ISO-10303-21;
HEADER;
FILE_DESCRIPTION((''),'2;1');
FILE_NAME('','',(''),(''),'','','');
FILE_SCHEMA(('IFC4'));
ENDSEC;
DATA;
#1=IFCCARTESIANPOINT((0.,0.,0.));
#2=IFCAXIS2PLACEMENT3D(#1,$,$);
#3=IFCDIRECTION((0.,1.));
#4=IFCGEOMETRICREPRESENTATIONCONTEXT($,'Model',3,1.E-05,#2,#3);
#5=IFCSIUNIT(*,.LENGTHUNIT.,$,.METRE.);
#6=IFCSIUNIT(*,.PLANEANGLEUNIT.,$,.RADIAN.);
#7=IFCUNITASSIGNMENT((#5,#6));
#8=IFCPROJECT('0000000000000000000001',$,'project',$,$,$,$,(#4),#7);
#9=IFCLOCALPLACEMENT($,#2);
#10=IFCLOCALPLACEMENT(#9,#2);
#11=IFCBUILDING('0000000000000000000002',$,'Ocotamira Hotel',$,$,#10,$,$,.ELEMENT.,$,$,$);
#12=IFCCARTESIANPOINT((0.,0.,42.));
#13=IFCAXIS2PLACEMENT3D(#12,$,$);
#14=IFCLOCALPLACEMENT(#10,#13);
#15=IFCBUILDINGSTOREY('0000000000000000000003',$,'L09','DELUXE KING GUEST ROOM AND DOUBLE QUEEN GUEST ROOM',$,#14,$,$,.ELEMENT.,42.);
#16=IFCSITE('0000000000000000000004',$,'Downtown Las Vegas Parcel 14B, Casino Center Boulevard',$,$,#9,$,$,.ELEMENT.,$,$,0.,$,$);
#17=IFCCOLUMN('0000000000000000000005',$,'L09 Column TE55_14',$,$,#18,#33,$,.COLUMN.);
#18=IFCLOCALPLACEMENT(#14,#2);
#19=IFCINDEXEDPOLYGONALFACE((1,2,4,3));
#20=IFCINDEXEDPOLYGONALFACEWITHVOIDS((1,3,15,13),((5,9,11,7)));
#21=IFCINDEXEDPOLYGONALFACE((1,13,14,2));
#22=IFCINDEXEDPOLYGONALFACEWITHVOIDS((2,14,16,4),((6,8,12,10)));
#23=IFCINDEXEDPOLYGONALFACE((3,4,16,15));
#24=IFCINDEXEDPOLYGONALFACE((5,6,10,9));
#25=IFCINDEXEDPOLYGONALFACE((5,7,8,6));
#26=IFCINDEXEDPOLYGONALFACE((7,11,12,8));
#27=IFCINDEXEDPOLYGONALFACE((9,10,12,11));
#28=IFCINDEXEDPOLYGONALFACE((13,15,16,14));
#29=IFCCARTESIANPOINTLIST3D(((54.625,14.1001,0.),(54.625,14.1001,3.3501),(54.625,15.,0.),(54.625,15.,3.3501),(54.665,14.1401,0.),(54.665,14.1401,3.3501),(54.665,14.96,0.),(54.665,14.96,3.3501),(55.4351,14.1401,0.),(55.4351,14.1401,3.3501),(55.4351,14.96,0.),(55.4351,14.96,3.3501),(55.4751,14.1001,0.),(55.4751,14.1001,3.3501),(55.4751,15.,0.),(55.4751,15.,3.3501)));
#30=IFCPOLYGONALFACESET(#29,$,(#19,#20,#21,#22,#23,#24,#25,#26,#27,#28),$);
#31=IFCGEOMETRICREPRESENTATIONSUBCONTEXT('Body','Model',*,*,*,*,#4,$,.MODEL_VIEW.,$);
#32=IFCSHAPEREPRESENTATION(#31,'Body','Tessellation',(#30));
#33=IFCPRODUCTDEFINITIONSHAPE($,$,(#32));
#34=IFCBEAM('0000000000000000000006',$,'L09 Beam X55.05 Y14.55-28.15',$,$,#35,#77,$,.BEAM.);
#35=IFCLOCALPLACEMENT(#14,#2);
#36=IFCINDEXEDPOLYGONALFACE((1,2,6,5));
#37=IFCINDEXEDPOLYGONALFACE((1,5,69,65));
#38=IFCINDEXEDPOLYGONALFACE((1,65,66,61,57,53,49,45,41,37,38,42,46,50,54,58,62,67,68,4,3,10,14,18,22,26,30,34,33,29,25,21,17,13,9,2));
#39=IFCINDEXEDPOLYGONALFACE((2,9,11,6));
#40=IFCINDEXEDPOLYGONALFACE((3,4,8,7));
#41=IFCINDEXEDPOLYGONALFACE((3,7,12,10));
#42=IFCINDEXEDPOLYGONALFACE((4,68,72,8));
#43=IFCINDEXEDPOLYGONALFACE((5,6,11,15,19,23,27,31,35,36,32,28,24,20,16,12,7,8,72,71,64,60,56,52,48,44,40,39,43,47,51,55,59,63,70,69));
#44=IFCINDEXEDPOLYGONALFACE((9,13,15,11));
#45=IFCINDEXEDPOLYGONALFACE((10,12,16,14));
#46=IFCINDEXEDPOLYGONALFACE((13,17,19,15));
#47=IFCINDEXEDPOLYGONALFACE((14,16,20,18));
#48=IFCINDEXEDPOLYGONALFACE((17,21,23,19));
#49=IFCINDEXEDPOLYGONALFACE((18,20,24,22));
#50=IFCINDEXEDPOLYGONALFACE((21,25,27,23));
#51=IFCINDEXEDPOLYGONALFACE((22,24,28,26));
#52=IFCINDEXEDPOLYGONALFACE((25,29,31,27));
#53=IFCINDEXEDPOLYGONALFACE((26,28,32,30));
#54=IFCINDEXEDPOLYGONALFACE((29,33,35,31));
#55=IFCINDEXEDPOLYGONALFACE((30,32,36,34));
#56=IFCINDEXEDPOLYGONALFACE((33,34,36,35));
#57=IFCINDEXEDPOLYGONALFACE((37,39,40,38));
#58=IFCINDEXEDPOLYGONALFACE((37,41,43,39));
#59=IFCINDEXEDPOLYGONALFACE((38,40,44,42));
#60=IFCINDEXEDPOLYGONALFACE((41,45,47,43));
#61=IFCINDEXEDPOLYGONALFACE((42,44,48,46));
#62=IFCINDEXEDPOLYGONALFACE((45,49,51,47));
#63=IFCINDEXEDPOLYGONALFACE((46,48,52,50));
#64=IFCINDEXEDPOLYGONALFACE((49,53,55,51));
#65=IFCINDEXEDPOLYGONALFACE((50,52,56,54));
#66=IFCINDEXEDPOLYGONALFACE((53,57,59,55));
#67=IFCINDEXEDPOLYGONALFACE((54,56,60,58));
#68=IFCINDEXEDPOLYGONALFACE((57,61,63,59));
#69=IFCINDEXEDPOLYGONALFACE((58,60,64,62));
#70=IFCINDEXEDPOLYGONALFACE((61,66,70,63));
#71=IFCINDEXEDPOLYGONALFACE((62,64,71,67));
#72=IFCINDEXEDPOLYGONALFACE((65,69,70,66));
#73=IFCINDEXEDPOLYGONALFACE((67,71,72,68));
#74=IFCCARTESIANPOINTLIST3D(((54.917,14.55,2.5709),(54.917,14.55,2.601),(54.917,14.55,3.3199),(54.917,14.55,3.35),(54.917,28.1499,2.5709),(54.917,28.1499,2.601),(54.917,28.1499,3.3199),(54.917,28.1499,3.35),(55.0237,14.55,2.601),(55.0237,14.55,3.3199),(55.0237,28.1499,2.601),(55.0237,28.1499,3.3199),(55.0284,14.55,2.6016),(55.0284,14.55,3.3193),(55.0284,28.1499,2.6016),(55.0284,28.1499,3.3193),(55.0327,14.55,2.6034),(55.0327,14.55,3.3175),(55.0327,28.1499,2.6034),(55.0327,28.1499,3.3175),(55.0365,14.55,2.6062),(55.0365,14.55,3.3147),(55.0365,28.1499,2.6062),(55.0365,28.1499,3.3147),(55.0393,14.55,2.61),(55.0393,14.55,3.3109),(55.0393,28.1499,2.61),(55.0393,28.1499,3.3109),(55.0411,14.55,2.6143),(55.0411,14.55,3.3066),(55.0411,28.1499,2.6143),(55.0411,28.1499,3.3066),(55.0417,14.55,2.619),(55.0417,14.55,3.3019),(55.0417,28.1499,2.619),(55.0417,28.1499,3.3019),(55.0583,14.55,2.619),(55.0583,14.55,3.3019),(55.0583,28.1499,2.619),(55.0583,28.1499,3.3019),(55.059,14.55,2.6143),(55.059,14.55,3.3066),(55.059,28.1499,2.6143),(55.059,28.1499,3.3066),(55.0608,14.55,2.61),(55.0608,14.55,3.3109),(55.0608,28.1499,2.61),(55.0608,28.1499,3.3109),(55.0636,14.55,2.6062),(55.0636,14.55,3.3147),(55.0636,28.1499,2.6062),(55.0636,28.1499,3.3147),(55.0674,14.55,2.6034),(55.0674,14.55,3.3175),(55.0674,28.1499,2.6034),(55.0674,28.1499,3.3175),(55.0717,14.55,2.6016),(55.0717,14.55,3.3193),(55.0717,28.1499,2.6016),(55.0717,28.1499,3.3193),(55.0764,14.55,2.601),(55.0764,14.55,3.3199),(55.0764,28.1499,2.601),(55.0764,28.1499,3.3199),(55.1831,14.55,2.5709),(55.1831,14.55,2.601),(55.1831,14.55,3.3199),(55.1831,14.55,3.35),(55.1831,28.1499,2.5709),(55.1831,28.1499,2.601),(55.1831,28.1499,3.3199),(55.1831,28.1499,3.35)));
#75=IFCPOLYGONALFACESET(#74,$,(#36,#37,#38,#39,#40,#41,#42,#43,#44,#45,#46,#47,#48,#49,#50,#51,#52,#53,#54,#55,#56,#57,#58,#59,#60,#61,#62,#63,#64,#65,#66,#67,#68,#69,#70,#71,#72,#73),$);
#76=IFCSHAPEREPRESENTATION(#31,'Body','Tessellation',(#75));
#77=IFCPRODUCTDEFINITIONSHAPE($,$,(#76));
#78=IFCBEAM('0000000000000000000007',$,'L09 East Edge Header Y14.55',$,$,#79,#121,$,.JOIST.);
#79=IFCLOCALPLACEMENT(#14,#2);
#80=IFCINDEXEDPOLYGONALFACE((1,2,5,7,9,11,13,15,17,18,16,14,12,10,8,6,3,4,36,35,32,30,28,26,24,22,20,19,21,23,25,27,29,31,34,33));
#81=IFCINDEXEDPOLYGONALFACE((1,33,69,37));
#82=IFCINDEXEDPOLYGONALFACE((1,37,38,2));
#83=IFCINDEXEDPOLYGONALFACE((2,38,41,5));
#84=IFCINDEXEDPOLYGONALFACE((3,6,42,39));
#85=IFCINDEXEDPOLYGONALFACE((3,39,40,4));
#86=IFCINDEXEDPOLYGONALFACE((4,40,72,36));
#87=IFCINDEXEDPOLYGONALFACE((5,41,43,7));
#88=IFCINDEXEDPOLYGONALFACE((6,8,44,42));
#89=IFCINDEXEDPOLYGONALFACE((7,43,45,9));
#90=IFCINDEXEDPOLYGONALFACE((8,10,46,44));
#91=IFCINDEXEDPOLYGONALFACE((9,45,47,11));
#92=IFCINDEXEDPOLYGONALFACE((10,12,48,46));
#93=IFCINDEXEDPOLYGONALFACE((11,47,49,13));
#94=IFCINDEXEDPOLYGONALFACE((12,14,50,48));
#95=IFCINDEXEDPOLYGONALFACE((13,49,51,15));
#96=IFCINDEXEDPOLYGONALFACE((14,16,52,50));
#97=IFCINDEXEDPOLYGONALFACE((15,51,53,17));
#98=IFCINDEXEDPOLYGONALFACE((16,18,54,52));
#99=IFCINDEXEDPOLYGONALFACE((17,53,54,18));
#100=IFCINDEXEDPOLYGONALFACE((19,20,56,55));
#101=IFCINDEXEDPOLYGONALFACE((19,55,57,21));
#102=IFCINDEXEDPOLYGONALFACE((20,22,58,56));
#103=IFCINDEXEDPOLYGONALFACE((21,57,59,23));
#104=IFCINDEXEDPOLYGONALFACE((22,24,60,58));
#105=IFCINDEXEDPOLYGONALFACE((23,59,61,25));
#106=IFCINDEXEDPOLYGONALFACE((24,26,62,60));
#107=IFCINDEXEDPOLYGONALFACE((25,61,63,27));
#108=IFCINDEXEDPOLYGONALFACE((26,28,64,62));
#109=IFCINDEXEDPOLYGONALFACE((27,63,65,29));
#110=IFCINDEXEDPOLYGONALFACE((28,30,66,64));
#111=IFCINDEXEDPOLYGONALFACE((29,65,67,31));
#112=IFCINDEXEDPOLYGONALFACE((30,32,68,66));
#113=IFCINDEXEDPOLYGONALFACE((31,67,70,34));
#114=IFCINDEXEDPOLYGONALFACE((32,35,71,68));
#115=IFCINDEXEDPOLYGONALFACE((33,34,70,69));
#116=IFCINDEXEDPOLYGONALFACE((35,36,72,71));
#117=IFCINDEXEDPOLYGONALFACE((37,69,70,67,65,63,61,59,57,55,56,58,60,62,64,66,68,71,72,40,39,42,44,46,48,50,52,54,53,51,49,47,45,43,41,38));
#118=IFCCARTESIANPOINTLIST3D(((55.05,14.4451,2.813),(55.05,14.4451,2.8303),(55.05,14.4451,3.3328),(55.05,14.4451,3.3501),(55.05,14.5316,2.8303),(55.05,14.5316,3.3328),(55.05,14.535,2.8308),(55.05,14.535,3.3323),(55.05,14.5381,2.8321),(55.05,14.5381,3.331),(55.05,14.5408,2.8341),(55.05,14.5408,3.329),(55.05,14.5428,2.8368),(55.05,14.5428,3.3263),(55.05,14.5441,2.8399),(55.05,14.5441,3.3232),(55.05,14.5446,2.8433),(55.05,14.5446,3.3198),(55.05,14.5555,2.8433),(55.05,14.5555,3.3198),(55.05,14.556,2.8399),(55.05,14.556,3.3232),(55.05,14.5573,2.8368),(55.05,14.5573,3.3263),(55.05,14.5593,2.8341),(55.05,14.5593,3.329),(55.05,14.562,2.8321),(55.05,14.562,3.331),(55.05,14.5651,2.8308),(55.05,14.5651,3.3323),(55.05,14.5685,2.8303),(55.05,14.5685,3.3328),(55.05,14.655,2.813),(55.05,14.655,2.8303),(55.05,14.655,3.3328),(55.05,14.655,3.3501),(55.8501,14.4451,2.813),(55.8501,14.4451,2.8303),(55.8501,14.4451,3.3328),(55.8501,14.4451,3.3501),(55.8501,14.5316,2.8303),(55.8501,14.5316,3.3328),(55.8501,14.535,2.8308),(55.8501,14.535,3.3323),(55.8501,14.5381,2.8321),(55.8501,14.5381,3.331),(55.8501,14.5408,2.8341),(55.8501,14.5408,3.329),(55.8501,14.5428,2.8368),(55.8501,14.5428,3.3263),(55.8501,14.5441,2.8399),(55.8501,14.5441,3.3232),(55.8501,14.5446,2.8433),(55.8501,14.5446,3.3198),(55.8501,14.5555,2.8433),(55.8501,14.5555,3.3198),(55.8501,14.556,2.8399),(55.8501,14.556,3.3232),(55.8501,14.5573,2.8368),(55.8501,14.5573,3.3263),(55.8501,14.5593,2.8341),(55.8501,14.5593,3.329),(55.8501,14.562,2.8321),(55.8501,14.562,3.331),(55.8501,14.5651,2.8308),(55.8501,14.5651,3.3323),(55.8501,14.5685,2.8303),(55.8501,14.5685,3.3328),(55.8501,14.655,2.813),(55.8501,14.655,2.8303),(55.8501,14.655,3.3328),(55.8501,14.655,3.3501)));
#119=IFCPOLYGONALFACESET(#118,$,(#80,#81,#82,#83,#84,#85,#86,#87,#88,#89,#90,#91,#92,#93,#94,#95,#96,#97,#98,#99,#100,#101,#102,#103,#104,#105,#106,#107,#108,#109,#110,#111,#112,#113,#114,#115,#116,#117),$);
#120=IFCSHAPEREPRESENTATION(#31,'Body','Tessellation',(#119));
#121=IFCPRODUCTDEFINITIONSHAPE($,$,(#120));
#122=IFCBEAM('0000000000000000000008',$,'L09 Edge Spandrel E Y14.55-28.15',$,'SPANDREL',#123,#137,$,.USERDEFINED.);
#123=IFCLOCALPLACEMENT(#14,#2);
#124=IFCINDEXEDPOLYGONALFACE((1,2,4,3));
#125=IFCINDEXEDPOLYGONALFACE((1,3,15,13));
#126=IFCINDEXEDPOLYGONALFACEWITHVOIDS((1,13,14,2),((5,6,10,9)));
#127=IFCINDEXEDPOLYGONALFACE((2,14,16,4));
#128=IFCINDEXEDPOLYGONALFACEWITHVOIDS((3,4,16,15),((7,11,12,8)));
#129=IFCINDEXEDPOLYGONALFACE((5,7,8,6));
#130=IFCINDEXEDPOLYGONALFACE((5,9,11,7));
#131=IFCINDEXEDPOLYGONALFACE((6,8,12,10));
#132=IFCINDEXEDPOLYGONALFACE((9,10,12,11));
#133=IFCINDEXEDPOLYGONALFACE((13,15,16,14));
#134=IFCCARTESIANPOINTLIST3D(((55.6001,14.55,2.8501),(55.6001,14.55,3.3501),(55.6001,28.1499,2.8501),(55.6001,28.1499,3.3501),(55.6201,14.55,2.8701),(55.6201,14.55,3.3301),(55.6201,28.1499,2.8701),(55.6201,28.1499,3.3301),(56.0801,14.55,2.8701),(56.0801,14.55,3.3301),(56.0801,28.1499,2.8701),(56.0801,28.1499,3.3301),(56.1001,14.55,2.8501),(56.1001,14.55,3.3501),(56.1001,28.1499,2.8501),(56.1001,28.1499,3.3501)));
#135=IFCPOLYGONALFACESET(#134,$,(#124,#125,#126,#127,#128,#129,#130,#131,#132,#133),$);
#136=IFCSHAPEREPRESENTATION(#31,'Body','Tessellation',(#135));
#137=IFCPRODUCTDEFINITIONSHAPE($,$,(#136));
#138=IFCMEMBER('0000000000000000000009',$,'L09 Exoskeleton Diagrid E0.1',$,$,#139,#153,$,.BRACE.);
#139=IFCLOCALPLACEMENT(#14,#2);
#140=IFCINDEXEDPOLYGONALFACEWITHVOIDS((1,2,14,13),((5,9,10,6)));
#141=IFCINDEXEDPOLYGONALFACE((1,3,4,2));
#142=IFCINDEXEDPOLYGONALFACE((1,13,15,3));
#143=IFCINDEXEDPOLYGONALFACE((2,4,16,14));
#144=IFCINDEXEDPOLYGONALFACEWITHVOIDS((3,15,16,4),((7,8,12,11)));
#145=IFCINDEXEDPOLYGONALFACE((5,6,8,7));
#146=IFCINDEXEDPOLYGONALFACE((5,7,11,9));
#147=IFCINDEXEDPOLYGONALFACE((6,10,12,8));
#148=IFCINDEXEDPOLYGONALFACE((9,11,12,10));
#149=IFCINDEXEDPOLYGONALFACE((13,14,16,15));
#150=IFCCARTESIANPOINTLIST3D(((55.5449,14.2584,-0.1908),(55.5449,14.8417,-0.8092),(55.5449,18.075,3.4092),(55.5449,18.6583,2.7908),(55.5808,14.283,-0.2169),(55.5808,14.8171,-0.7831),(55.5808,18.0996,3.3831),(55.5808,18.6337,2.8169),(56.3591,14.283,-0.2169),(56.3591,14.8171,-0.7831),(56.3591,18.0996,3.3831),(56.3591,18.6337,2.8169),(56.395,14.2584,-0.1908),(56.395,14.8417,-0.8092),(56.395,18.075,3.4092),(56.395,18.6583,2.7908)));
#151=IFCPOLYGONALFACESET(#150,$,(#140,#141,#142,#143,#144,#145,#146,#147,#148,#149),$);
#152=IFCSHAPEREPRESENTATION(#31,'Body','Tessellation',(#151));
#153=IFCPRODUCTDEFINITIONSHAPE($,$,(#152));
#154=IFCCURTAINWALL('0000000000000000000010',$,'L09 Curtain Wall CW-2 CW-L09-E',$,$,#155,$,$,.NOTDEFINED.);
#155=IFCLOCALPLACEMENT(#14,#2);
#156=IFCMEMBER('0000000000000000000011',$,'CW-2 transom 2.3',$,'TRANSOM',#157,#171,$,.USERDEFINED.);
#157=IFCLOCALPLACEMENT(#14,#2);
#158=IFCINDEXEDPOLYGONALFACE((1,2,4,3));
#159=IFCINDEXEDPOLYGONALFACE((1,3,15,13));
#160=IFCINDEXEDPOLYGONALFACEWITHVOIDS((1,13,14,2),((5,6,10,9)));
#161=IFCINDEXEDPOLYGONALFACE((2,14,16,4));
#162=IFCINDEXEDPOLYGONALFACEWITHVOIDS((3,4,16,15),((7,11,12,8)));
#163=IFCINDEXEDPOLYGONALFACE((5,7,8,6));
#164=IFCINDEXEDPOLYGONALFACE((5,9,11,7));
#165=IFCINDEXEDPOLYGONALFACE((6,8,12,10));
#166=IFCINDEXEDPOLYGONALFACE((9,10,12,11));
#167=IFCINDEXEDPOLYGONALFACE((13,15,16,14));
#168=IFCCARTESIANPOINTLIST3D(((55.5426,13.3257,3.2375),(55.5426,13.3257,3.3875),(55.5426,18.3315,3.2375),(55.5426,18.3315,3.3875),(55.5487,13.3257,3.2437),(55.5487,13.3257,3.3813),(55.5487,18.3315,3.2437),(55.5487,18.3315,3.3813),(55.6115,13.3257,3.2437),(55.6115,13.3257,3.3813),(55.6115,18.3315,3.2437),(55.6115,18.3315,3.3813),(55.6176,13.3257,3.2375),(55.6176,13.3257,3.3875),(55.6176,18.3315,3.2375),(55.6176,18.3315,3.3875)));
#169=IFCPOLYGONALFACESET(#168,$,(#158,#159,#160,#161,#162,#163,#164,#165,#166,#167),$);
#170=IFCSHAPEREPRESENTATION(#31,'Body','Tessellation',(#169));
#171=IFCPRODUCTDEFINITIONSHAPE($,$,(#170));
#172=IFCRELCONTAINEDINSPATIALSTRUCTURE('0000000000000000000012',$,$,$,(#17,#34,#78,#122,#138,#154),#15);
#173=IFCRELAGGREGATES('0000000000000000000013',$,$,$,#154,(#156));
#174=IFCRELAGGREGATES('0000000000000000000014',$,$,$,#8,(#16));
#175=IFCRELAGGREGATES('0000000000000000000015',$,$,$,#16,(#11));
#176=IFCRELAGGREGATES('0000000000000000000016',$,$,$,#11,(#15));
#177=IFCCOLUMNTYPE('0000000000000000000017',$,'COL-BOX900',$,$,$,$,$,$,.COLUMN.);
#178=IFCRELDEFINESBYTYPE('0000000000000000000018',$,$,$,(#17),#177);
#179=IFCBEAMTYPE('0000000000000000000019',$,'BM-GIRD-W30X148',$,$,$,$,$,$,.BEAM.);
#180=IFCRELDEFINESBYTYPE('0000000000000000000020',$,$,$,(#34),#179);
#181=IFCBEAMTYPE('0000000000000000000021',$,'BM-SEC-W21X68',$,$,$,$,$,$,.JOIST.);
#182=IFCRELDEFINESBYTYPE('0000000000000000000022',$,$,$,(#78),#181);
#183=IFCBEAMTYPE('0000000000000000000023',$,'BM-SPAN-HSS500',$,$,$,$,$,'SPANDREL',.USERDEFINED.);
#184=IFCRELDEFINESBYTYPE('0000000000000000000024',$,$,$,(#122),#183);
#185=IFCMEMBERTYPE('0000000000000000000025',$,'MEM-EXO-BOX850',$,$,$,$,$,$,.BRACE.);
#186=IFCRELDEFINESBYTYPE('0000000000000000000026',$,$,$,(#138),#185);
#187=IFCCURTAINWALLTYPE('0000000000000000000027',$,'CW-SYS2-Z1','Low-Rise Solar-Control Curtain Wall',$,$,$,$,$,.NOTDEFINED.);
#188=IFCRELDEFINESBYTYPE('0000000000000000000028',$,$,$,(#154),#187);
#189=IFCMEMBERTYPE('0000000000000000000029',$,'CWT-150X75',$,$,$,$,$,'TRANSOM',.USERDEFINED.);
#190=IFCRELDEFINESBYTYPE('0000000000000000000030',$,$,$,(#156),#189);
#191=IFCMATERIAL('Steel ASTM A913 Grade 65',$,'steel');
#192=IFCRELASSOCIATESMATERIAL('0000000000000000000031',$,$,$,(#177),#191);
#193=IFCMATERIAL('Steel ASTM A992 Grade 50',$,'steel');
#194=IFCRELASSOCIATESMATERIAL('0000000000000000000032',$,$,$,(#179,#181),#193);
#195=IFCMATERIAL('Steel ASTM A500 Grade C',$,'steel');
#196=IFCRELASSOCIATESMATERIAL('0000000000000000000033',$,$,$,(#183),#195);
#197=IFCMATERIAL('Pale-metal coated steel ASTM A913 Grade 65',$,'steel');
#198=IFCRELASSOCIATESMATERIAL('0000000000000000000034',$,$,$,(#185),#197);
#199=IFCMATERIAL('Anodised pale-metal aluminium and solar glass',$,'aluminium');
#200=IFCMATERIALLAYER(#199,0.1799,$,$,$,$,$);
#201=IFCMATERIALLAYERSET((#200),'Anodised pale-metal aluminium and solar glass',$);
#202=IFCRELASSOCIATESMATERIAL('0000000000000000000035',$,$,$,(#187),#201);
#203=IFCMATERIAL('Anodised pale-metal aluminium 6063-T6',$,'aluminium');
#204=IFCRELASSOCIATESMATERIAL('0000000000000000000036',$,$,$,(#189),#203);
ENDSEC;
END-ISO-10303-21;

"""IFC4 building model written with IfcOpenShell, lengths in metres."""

from ifc_helpers import new_model, si_unit, direction, frame, origin, origin_2d, place, context, subcontext, project, spatial, hollow_rectangle, i_section, extrude, source, transform, mapped, material, layer, layer_set, material_profile, profile_set, type_object, element, aggregate, save


model = new_model("IFC4")

# Units and contexts
model_context = context("Model", 3, precision=1e-05, world=origin(), true_north=direction((0.0, 1.0)))
body_context = subcontext(model_context, "Body", "Model", "MODEL_VIEW")
ifc_project = project(units=[si_unit("LENGTHUNIT", "METRE"), si_unit("PLANEANGLEUNIT", "RADIAN")], contexts=[model_context])

# Site, building, storey
site_placement = place(None, origin())
site = spatial("IfcSite", under=ifc_project, at=site_placement, Name="Downtown Las Vegas Parcel 14B, Casino Center Boulevard", CompositionType="ELEMENT", RefElevation=0.0)
building_placement = place(site_placement, origin())
building = spatial("IfcBuilding", under=site, at=building_placement, Name="Ocotamira Hotel", CompositionType="ELEMENT")
storey_placement = place(building_placement, frame((0.0, 0.0, 42.0)))
storey = spatial("IfcBuildingStorey", under=building, at=storey_placement, Name="L09", Description="DELUXE KING GUEST ROOM AND DOUBLE QUEEN GUEST ROOM", CompositionType="ELEMENT", Elevation=42.0)

# Column
ifc_material_1 = material(Name="Steel ASTM A913 Grade 65", Category="steel")
ifc_material_profile_1 = material_profile(ifc_material_1, hollow_rectangle(XDim=0.8501, YDim=0.8999, WallThickness=0.04, at=origin_2d()), Name="BOX900X850X40")
ifc_profile_set_1 = profile_set([ifc_material_profile_1], Name="Steel ASTM A913 Grade 65")
column_type = type_object("IfcColumnType", Name="COL-BOX900", PredefinedType="COLUMN", material=ifc_profile_set_1)
shared_shape_1 = source(origin(), body_context, "Body", "SweptSolid", [
    extrude(hollow_rectangle(XDim=0.8501, YDim=0.8999, WallThickness=0.04, at=origin_2d()), origin(), (0.0, 0.0, 1.0), 3.3501),
])
column_placement = place(storey_placement, frame((55.05, 14.55, 0.0), z_axis=(0.0, 0.0, 1.0), x_axis=(1.0, 0.0, 0.0)))
element("IfcColumn", 1, at=column_placement, inside=storey, type_object=column_type, Name="L09 Column TE55_14", PredefinedType="COLUMN", context=body_context, shape_type="MappedRepresentation", body=[
    mapped(shared_shape_1, transform((0.0, 0.0, 0.0), scale=1.0)),
])

# Beams
ifc_material_2 = material(Name="Steel ASTM A992 Grade 50", Category="steel")
ifc_material_profile_2 = material_profile(ifc_material_2, i_section(OverallWidth=0.2661, OverallDepth=0.7791, WebThickness=0.0166, FlangeThickness=0.03, FilletRadius=0.0181, at=origin_2d()), Name="W30X148")
ifc_profile_set_2 = profile_set([ifc_material_profile_2], Name="Steel ASTM A992 Grade 50")
beam_type_1 = type_object("IfcBeamType", Name="BM-GIRD-W30X148", PredefinedType="BEAM", material=ifc_profile_set_2)
shared_shape_2 = source(origin(), body_context, "Body", "SweptSolid", [
    extrude(i_section(OverallWidth=0.2661, OverallDepth=0.7791, WebThickness=0.0166, FlangeThickness=0.03, FilletRadius=0.0181, at=origin_2d()), origin(), (0.0, 0.0, 1.0), 13.5999),
])
beam_1_placement = place(storey_placement, frame((55.05, 14.55, 2.9604), z_axis=(0.0, 1.0, 0.0), x_axis=(-1.0, 0.0, 0.0)))
element("IfcBeam", 2, at=beam_1_placement, inside=storey, type_object=beam_type_1, Name="L09 Beam X55.05 Y14.55-28.15", PredefinedType="BEAM", context=body_context, shape_type="MappedRepresentation", body=[
    mapped(shared_shape_2, transform((0.0, 0.0, 0.0), scale=1.0)),
])
ifc_material_profile_3 = material_profile(ifc_material_2, i_section(OverallWidth=0.21, OverallDepth=0.5371, WebThickness=0.011, FlangeThickness=0.0173, FilletRadius=0.0129, at=origin_2d()), Name="W21X68")
ifc_profile_set_3 = profile_set([ifc_material_profile_3], Name="Steel ASTM A992 Grade 50")
beam_type_2 = type_object("IfcBeamType", Name="BM-SEC-W21X68", PredefinedType="JOIST", material=ifc_profile_set_3)
shared_shape_3 = source(origin(), body_context, "Body", "SweptSolid", [
    extrude(i_section(OverallWidth=0.21, OverallDepth=0.5371, WebThickness=0.011, FlangeThickness=0.0173, FilletRadius=0.0129, at=origin_2d()), origin(), (0.0, 0.0, 1.0), 0.8),
])
beam_2_placement = place(storey_placement, frame((55.05, 14.55, 3.0815), z_axis=(1.0, 0.0, 0.0), x_axis=(0.0, 1.0, 0.0)))
element("IfcBeam", 3, at=beam_2_placement, inside=storey, type_object=beam_type_2, Name="L09 East Edge Header Y14.55", PredefinedType="JOIST", context=body_context, shape_type="MappedRepresentation", body=[
    mapped(shared_shape_3, transform((0.0, 0.0, 0.0), scale=1.0)),
])
ifc_material_3 = material(Name="Steel ASTM A500 Grade C", Category="steel")
ifc_material_profile_4 = material_profile(ifc_material_3, hollow_rectangle(XDim=0.5, YDim=0.5, WallThickness=0.02, at=origin_2d()), Name="HSS500X500X20")
ifc_profile_set_4 = profile_set([ifc_material_profile_4], Name="Steel ASTM A500 Grade C")
beam_type_3 = type_object("IfcBeamType", Name="BM-SPAN-HSS500", ElementType="SPANDREL", PredefinedType="USERDEFINED", material=ifc_profile_set_4)
shared_shape_4 = source(origin(), body_context, "Body", "SweptSolid", [
    extrude(hollow_rectangle(XDim=0.5, YDim=0.5, WallThickness=0.02, at=origin_2d()), origin(), (0.0, 0.0, 1.0), 13.5999),
])
beam_3_placement = place(storey_placement, frame((55.8501, 14.55, 3.1001), z_axis=(0.0, 1.0, 0.0), x_axis=(-1.0, 0.0, 0.0)))
element("IfcBeam", 4, at=beam_3_placement, inside=storey, type_object=beam_type_3, Name="L09 Edge Spandrel E Y14.55-28.15", ObjectType="SPANDREL", PredefinedType="USERDEFINED", context=body_context, shape_type="MappedRepresentation", body=[
    mapped(shared_shape_4, transform((0.0, 0.0, 0.0), scale=1.0)),
])

# Member
ifc_material_4 = material(Name="Pale-metal coated steel ASTM A913 Grade 65", Category="steel")
ifc_material_profile_5 = material_profile(ifc_material_4, hollow_rectangle(XDim=0.8501, YDim=0.8501, WallThickness=0.0359, at=origin_2d()), Name="BOX850X850X36")
ifc_profile_set_5 = profile_set([ifc_material_profile_5], Name="Pale-metal coated steel ASTM A913 Grade 65")
member_type_1 = type_object("IfcMemberType", Name="MEM-EXO-BOX850", PredefinedType="BRACE", material=ifc_profile_set_5)
shared_shape_5 = source(origin(), body_context, "Body", "SweptSolid", [
    extrude(hollow_rectangle(XDim=0.8501, YDim=0.8501, WallThickness=0.0359, at=origin_2d()), origin(), (0.0, 0.0, 1.0), 5.2466),
])
member_1_placement = place(storey_placement, frame((55.97, 14.55, -0.5), z_axis=(0.0, 0.727443, 0.686168), x_axis=(-1.0, 0.0, 0.0)))
element("IfcMember", 5, at=member_1_placement, inside=storey, type_object=member_type_1, Name="L09 Exoskeleton Diagrid E0.1", PredefinedType="BRACE", context=body_context, shape_type="MappedRepresentation", body=[
    mapped(shared_shape_5, transform((0.0, 0.0, 0.0), scale=1.0)),
])

# Curtain wall, member
ifc_material_5 = material(Name="Anodised pale-metal aluminium and solar glass", Category="aluminium")
ifc_layer_1 = layer(ifc_material_5, 0.1799)
ifc_layer_set_1 = layer_set([ifc_layer_1], Name="Anodised pale-metal aluminium and solar glass")
curtain_wall_type = type_object("IfcCurtainWallType", Name="CW-SYS2-Z1", Description="Low-Rise Solar-Control Curtain Wall", PredefinedType="NOTDEFINED", material=ifc_layer_set_1)
curtain_wall_placement = place(storey_placement, origin())
curtain_wall = element("IfcCurtainWall", 6, at=curtain_wall_placement, inside=storey, type_object=curtain_wall_type, Name="L09 Curtain Wall CW-2 CW-L09-E", PredefinedType="NOTDEFINED")
ifc_material_6 = material(Name="Anodised pale-metal aluminium 6063-T6", Category="aluminium")
ifc_material_profile_6 = material_profile(ifc_material_6, hollow_rectangle(XDim=0.075, YDim=0.1499, WallThickness=0.0061, at=origin_2d()), Name="HSS150X75X6")
ifc_profile_set_6 = profile_set([ifc_material_profile_6], Name="Anodised pale-metal aluminium 6063-T6")
member_type_2 = type_object("IfcMemberType", Name="CWT-150X75", ElementType="TRANSOM", PredefinedType="USERDEFINED", material=ifc_profile_set_6)
shared_shape_6 = source(origin(), body_context, "Body", "SweptSolid", [
    extrude(hollow_rectangle(XDim=0.075, YDim=0.1499, WallThickness=0.0061, at=origin_2d()), origin(), (0.0, 0.0, 1.0), 5.0059),
])
member_2_placement = place(storey_placement, frame((55.5801, 13.3257, 3.3125), z_axis=(0.0, 1.0, 0.0), x_axis=(-1.0, 0.0, 0.0)))
member_2 = element("IfcMember", 7, at=member_2_placement, type_object=member_type_2, Name="CW-2 transom 2.3", ObjectType="TRANSOM", PredefinedType="USERDEFINED", context=body_context, shape_type="MappedRepresentation", body=[
    mapped(shared_shape_6, transform((0.0, 0.0, 0.0), scale=1.0)),
])

aggregate(curtain_wall, [member_2])

save(model, "model.ifc")
